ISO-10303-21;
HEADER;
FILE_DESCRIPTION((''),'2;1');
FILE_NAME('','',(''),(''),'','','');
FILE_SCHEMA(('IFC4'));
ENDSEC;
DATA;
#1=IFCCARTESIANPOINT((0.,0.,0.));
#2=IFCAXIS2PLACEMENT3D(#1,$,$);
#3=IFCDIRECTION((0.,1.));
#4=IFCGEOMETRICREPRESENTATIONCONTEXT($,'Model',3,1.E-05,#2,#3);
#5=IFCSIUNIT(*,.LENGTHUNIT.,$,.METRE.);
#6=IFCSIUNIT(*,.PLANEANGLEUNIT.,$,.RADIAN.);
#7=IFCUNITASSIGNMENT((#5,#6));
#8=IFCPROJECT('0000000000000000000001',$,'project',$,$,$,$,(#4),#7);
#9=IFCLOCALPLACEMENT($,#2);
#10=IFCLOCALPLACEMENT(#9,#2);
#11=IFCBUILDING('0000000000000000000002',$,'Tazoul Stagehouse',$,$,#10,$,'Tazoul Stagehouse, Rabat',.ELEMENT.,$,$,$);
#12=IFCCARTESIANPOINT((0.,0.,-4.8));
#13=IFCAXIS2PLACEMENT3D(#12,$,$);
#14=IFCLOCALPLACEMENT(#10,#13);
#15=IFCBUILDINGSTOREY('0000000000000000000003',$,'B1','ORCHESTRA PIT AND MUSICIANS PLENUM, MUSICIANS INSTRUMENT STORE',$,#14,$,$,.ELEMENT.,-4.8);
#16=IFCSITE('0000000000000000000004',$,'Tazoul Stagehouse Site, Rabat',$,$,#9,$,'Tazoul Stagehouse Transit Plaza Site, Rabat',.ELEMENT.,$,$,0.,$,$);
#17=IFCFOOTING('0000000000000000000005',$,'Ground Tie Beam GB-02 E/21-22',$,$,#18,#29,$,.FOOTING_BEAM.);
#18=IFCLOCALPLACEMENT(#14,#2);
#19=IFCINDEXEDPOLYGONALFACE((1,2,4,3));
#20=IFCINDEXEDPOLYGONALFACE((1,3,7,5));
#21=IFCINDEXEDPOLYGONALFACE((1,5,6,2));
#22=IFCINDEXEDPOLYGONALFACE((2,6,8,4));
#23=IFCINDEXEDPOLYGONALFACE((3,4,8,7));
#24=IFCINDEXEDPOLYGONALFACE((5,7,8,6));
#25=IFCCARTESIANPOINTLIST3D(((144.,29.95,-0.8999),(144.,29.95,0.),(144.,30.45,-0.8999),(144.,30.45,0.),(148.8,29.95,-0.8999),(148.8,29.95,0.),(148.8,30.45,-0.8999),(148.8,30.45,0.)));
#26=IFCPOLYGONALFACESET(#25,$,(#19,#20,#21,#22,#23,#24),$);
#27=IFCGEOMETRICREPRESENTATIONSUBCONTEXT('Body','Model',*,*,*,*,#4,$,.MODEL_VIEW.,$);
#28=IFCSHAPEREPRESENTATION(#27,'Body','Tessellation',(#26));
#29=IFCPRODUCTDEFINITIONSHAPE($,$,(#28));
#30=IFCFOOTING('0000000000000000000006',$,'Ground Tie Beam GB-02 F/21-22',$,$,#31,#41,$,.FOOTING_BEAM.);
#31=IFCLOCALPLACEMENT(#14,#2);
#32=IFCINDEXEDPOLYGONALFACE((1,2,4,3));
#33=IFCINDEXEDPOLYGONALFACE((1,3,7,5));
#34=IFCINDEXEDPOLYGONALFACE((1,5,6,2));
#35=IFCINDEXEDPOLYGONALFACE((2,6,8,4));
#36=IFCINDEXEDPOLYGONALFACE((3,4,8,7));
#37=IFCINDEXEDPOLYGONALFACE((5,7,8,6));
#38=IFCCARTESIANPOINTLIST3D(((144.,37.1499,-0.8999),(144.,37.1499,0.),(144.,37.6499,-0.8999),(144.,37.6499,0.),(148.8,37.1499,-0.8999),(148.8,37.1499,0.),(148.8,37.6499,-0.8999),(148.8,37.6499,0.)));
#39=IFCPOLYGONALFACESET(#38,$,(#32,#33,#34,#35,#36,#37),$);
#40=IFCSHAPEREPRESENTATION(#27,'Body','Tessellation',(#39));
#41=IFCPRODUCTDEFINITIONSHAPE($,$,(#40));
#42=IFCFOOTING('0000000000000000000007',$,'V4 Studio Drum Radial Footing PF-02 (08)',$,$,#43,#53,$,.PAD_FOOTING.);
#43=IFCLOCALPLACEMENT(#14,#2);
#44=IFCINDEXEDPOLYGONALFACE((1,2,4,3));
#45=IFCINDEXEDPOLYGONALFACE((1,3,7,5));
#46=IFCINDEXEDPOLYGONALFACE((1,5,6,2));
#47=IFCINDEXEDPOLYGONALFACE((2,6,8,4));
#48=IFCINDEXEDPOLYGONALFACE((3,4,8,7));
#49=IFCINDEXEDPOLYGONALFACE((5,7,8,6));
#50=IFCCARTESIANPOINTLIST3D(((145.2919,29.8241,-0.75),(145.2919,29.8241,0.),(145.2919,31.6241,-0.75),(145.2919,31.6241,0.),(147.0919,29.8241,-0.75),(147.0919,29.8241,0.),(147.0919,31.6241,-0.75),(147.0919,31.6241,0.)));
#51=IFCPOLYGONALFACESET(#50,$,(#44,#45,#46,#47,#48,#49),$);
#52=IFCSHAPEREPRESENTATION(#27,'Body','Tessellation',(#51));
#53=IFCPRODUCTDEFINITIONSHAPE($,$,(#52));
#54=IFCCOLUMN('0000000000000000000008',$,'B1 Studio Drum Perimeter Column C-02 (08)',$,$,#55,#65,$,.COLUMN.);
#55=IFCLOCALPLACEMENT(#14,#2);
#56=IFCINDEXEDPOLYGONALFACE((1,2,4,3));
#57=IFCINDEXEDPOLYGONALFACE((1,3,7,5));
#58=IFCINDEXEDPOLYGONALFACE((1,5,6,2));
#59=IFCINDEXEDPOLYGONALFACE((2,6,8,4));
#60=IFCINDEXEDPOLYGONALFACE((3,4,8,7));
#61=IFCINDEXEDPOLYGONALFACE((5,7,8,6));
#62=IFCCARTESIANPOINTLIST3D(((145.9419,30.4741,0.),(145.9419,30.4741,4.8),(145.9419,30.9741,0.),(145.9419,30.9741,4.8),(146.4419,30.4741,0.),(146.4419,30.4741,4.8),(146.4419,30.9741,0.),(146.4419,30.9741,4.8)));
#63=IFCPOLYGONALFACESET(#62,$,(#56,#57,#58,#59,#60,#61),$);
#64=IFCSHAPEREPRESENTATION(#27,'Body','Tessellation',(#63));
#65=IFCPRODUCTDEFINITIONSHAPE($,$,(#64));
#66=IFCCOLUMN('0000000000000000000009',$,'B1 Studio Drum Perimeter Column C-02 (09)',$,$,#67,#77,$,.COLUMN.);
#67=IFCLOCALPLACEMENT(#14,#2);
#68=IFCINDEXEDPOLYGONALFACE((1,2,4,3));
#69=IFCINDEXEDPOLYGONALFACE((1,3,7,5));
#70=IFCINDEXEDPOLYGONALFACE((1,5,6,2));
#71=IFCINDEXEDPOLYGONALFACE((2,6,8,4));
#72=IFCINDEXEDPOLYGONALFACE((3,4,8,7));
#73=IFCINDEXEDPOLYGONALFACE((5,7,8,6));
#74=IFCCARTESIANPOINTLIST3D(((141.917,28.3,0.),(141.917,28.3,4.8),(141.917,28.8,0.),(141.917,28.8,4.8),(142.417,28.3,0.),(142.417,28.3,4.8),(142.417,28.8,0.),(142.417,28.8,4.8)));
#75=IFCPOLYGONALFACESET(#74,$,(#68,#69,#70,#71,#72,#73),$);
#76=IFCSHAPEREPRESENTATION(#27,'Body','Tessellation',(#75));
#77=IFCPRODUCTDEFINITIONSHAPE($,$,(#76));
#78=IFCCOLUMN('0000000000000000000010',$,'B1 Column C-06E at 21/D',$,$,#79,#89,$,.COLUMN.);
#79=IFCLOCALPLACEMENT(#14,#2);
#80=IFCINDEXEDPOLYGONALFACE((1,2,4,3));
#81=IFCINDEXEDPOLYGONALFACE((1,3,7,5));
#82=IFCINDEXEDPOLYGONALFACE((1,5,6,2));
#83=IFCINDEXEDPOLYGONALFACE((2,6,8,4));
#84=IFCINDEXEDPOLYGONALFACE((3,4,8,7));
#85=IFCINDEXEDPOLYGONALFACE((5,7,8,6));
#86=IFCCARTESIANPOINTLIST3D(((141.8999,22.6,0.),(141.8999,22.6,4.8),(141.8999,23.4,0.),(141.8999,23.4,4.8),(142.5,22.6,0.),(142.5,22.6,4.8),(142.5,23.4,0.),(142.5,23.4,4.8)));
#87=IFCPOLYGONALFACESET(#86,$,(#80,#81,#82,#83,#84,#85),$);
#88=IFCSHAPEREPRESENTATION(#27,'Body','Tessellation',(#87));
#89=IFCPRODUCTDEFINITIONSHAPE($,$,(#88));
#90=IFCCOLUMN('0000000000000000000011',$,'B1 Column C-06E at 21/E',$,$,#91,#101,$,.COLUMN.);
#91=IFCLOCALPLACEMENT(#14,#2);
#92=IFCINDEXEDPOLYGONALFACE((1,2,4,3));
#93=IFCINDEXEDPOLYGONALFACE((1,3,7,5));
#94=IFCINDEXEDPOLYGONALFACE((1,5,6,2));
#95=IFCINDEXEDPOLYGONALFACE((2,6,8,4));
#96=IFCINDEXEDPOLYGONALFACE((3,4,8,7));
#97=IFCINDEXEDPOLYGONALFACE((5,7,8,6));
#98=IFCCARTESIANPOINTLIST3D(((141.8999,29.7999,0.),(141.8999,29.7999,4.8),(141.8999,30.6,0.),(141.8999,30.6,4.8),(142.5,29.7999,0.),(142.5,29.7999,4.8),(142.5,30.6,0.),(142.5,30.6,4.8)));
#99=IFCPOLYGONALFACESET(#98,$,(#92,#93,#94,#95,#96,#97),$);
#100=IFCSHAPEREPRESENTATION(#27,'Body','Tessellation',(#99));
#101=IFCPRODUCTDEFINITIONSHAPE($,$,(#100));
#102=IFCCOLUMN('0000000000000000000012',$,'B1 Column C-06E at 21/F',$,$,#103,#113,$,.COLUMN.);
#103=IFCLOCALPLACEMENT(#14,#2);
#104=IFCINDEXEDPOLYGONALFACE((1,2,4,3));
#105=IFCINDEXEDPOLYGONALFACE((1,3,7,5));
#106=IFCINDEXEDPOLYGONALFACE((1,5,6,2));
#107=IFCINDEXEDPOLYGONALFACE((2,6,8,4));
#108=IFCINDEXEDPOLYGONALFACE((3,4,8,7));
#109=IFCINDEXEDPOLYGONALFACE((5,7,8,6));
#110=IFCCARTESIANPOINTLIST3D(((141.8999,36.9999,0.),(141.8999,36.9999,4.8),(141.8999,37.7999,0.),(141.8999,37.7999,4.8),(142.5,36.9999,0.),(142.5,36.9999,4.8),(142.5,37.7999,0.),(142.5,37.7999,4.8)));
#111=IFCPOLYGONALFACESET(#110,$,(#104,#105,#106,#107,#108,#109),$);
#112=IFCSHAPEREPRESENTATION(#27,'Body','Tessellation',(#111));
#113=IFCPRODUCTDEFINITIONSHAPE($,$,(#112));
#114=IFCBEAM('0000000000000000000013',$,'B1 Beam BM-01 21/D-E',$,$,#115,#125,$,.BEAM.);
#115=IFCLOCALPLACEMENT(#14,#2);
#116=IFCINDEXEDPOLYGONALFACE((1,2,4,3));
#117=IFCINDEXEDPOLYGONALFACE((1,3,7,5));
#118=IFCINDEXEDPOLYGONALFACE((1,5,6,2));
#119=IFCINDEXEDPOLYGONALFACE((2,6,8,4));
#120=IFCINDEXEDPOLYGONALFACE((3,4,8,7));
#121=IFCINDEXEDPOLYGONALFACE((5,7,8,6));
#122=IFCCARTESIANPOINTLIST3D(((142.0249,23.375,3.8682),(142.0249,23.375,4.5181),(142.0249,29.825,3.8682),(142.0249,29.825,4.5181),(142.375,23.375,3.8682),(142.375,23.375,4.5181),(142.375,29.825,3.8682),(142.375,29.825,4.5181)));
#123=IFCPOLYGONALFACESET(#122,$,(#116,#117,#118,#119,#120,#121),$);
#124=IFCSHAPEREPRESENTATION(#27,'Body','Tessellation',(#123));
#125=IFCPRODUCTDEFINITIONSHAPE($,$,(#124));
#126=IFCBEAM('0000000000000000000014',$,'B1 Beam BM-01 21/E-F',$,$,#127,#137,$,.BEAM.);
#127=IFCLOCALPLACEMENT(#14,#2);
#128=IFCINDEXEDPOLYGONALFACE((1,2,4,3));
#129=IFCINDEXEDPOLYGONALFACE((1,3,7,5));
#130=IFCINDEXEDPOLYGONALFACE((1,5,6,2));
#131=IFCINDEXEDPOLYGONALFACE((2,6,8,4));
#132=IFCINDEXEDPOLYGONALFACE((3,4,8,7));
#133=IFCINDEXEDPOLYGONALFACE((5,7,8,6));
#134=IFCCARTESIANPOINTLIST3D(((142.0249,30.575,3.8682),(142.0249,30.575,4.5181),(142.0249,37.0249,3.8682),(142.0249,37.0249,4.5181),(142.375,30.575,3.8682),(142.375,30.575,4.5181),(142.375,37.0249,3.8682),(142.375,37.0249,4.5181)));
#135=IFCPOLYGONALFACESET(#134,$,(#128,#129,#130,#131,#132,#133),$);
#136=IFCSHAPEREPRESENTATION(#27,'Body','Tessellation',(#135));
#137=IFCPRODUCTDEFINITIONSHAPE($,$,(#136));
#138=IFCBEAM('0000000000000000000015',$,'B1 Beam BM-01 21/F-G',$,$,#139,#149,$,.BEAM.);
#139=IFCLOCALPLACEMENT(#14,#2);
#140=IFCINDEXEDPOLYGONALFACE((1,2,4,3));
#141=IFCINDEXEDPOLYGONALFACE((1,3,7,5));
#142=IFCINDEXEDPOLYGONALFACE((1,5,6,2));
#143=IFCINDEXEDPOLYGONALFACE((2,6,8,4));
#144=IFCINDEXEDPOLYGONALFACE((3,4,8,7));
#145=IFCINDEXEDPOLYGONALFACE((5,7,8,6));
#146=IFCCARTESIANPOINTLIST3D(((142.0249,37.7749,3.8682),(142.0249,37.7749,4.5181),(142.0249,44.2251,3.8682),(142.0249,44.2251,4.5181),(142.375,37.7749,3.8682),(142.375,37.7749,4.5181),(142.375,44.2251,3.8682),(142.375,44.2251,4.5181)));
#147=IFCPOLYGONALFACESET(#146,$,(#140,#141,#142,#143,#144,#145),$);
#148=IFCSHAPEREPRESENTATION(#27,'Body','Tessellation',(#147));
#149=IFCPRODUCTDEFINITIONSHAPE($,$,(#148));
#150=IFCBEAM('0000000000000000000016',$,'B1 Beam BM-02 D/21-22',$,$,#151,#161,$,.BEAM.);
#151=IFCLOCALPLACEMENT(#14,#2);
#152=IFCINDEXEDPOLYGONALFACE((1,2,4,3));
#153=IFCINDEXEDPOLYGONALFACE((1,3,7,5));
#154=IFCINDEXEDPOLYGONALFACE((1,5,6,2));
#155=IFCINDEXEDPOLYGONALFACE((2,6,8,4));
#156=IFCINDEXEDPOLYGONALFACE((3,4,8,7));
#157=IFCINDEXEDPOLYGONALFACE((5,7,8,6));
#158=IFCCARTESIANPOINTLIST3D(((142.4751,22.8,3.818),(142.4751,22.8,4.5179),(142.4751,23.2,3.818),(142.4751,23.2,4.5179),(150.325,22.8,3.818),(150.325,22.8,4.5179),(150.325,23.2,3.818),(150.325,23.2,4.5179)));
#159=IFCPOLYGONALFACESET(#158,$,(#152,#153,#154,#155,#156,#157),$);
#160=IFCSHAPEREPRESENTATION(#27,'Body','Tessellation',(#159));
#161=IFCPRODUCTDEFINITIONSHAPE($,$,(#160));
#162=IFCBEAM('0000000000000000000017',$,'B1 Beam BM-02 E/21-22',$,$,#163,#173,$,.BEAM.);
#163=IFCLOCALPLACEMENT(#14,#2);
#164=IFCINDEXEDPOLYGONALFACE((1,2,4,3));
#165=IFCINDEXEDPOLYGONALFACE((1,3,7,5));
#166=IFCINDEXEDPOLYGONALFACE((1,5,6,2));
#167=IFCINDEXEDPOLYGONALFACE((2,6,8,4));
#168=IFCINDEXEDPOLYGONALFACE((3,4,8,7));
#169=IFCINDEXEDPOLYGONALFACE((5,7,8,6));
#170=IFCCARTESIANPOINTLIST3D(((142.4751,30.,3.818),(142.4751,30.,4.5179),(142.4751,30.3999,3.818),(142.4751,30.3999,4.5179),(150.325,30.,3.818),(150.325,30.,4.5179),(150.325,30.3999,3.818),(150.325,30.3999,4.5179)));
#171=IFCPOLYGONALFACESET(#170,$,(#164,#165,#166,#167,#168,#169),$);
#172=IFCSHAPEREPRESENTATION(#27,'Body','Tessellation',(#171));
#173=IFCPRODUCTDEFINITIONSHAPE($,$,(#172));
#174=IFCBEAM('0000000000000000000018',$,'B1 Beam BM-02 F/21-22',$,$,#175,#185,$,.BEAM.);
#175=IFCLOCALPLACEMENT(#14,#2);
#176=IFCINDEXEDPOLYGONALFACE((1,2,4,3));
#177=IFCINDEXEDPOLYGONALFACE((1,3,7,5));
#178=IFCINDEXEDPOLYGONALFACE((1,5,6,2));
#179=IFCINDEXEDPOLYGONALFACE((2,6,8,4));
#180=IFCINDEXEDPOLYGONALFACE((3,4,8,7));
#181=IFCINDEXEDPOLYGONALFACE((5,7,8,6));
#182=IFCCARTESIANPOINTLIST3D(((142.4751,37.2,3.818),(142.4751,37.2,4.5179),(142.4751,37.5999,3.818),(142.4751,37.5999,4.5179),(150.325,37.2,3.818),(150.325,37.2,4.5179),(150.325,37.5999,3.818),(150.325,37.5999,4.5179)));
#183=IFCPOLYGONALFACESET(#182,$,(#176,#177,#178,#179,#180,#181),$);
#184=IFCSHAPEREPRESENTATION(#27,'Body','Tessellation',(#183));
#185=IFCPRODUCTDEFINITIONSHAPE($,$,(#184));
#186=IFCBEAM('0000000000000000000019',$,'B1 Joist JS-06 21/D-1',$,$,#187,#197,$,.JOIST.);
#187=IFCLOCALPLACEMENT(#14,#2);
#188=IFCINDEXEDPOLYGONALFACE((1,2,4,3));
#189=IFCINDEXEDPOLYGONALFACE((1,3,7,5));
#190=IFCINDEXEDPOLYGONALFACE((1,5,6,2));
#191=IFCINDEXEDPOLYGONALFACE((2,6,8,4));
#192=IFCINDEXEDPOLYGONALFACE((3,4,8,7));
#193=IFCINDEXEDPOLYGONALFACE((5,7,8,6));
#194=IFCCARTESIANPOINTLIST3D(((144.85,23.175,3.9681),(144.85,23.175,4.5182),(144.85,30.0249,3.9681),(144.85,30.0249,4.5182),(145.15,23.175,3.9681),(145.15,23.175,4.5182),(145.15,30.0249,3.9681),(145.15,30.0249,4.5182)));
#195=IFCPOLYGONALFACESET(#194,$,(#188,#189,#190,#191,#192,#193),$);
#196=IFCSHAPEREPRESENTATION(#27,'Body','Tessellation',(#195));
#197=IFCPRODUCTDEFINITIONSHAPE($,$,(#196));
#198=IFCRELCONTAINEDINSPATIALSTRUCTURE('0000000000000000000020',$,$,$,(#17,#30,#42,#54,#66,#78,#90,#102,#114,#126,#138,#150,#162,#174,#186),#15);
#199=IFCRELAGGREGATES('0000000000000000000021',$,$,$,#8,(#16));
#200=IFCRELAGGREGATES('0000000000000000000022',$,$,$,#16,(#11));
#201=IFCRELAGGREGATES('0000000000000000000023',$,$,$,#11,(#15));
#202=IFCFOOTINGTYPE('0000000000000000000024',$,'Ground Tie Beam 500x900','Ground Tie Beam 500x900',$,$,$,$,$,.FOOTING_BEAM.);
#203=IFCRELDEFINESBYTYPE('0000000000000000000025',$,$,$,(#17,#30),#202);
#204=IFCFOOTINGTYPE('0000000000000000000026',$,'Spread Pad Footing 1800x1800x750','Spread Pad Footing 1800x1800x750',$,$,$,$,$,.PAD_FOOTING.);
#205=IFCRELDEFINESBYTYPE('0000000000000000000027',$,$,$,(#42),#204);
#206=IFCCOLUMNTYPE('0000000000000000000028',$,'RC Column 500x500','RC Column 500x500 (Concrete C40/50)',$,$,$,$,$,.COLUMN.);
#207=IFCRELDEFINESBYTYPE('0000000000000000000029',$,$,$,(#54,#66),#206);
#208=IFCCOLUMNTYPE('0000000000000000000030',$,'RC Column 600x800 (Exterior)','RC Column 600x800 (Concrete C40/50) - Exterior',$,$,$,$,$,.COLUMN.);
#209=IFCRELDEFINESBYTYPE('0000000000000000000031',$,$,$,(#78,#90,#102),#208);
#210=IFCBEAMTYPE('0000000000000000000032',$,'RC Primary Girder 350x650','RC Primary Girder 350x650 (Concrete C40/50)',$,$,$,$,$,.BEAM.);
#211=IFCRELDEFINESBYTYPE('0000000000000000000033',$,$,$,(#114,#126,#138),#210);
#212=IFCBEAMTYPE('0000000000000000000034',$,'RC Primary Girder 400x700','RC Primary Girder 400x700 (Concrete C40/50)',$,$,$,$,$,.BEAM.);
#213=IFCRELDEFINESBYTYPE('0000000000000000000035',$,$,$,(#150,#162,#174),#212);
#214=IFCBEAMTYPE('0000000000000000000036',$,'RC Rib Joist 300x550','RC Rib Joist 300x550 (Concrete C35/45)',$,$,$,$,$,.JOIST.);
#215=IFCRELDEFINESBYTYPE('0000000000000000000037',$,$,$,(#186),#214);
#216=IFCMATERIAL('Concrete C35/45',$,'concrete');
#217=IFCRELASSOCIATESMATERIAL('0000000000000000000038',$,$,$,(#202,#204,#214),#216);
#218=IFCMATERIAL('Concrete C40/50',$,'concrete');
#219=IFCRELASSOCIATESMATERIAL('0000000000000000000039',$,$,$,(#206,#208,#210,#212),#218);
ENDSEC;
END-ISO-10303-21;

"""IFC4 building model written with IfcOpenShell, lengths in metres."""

from ifc_helpers import new_model, si_unit, direction, frame, origin, origin_2d, place, context, subcontext, project, spatial, rectangle, extrude, material, material_profile, profile_set, type_object, element, save


model = new_model("IFC4")

# Units and contexts
model_context = context("Model", 3, precision=1e-05, world=origin(), true_north=direction((0.0, 1.0)))
body_context = subcontext(model_context, "Body", "Model", "MODEL_VIEW")
ifc_project = project(units=[si_unit("LENGTHUNIT", "METRE"), si_unit("PLANEANGLEUNIT", "RADIAN")], contexts=[model_context])

# Site, building, storey
site_placement = place(None, origin())
site = spatial("IfcSite", under=ifc_project, at=site_placement, Name="Tazoul Stagehouse Site, Rabat", LongName="Tazoul Stagehouse Transit Plaza Site, Rabat", CompositionType="ELEMENT", RefElevation=0.0)
building_placement = place(site_placement, origin())
building = spatial("IfcBuilding", under=site, at=building_placement, Name="Tazoul Stagehouse", LongName="Tazoul Stagehouse, Rabat", CompositionType="ELEMENT")
storey_placement = place(building_placement, frame((0.0, 0.0, -4.8)))
storey = spatial("IfcBuildingStorey", under=building, at=storey_placement, Name="B1", Description="ORCHESTRA PIT AND MUSICIANS PLENUM, MUSICIANS INSTRUMENT STORE", CompositionType="ELEMENT", Elevation=-4.8)

# Shared definitions
ifc_material_1 = material(Name="Concrete C35/45", Category="concrete")

# Footings
ifc_material_profile_1 = material_profile(ifc_material_1, rectangle(XDim=0.5, YDim=0.8999, at=origin_2d()), Name="RC 500x900")
ifc_profile_set_1 = profile_set([ifc_material_profile_1], Name="Concrete C35/45")
footing_type_1 = type_object("IfcFootingType", Name="Ground Tie Beam 500x900", Description="Ground Tie Beam 500x900", PredefinedType="FOOTING_BEAM", material=ifc_profile_set_1)
for number, where, z_axis, x_axis, name in (
    (1, (144.0, 30.2, -0.45), (1.0, 0.0, 0.0), (0.0, 1.0, 0.0), "Ground Tie Beam GB-02 E/21-22"),
    (2, (144.0, 37.3999, -0.45), (1.0, 0.0, 0.0), (0.0, 1.0, 0.0), "Ground Tie Beam GB-02 F/21-22"),
):
    element("IfcFooting", number, at=place(storey_placement, frame(where, z_axis=z_axis, x_axis=x_axis)), inside=storey, type_object=footing_type_1, Name=name, PredefinedType="FOOTING_BEAM", context=body_context, shape_type="SweptSolid", body=[
        extrude(rectangle(XDim=0.5, YDim=0.8999, at=origin_2d()), origin(), (0.0, 0.0, 1.0), 4.8),
    ])
footing_type_2 = type_object("IfcFootingType", Name="Spread Pad Footing 1800x1800x750", Description="Spread Pad Footing 1800x1800x750", PredefinedType="PAD_FOOTING", material=ifc_material_1)
footing_1_placement = place(storey_placement, frame((146.1919, 30.7241, -0.75), z_axis=(0.0, 0.0, 1.0), x_axis=(1.0, 0.0, 0.0)))
element("IfcFooting", 3, at=footing_1_placement, inside=storey, type_object=footing_type_2, Name="V4 Studio Drum Radial Footing PF-02 (08)", PredefinedType="PAD_FOOTING", context=body_context, shape_type="SweptSolid", body=[
    extrude(rectangle(XDim=1.8, YDim=1.8, at=origin_2d()), origin(), (0.0, 0.0, 1.0), 0.75),
])

# Columns
ifc_material_2 = material(Name="Concrete C40/50", Category="concrete")
ifc_material_profile_2 = material_profile(ifc_material_2, rectangle(XDim=0.5, YDim=0.5, at=origin_2d()), Name="RC 500x500")
ifc_profile_set_2 = profile_set([ifc_material_profile_2], Name="Concrete C40/50")
column_type_1 = type_object("IfcColumnType", Name="RC Column 500x500", Description="RC Column 500x500 (Concrete C40/50)", PredefinedType="COLUMN", material=ifc_profile_set_2)
for number, where, z_axis, x_axis, name in (
    (4, (146.1919, 30.7241, 0.0), (0.0, 0.0, 1.0), (1.0, 0.0, 0.0), "B1 Studio Drum Perimeter Column C-02 (08)"),
    (5, (142.167, 28.55, 0.0), (0.0, 0.0, 1.0), (1.0, 0.0, 0.0), "B1 Studio Drum Perimeter Column C-02 (09)"),
):
    element("IfcColumn", number, at=place(storey_placement, frame(where, z_axis=z_axis, x_axis=x_axis)), inside=storey, type_object=column_type_1, Name=name, PredefinedType="COLUMN", context=body_context, shape_type="SweptSolid", body=[
        extrude(rectangle(XDim=0.5, YDim=0.5, at=origin_2d()), origin(), (0.0, 0.0, 1.0), 4.8),
    ])
ifc_material_profile_3 = material_profile(ifc_material_2, rectangle(XDim=0.6001, YDim=0.8, at=origin_2d()), Name="RC 600x800")
ifc_profile_set_3 = profile_set([ifc_material_profile_3], Name="Concrete C40/50")
column_type_2 = type_object("IfcColumnType", Name="RC Column 600x800 (Exterior)", Description="RC Column 600x800 (Concrete C40/50) - Exterior", PredefinedType="COLUMN", material=ifc_profile_set_3)
for number, where, z_axis, x_axis, name in (
    (6, (142.2, 23.0, 0.0), (0.0, 0.0, 1.0), (1.0, 0.0, 0.0), "B1 Column C-06E at 21/D"),
    (7, (142.2, 30.2, 0.0), (0.0, 0.0, 1.0), (1.0, 0.0, 0.0), "B1 Column C-06E at 21/E"),
    (8, (142.2, 37.3999, 0.0), (0.0, 0.0, 1.0), (1.0, 0.0, 0.0), "B1 Column C-06E at 21/F"),
):
    element("IfcColumn", number, at=place(storey_placement, frame(where, z_axis=z_axis, x_axis=x_axis)), inside=storey, type_object=column_type_2, Name=name, PredefinedType="COLUMN", context=body_context, shape_type="SweptSolid", body=[
        extrude(rectangle(XDim=0.6001, YDim=0.8, at=origin_2d()), origin(), (0.0, 0.0, 1.0), 4.8),
    ])

# Beams
ifc_material_profile_4 = material_profile(ifc_material_2, rectangle(XDim=0.3501, YDim=0.6499, at=origin_2d()), Name="RC 350x650")
ifc_profile_set_4 = profile_set([ifc_material_profile_4], Name="Concrete C40/50")
beam_type_1 = type_object("IfcBeamType", Name="RC Primary Girder 350x650", Description="RC Primary Girder 350x650 (Concrete C40/50)", PredefinedType="BEAM", material=ifc_profile_set_4)
for number, where, z_axis, x_axis, name in (
    (9, (142.2, 23.375, 4.1931), (0.0, 1.0, 0.0), (-1.0, 0.0, 0.0), "B1 Beam BM-01 21/D-E"),
    (10, (142.2, 30.575, 4.1931), (0.0, 1.0, 0.0), (-1.0, 0.0, 0.0), "B1 Beam BM-01 21/E-F"),
):
    element("IfcBeam", number, at=place(storey_placement, frame(where, z_axis=z_axis, x_axis=x_axis)), inside=storey, type_object=beam_type_1, Name=name, PredefinedType="BEAM", context=body_context, shape_type="SweptSolid", body=[
        extrude(rectangle(XDim=0.3501, YDim=0.6499, at=origin_2d()), origin(), (0.0, 0.0, 1.0), 6.45),
    ])
beam_placement = place(storey_placement, frame((142.2, 37.7749, 4.1931), z_axis=(0.0, 1.0, 0.0), x_axis=(-1.0, 0.0, 0.0)))
element("IfcBeam", 11, at=beam_placement, inside=storey, type_object=beam_type_1, Name="B1 Beam BM-01 21/F-G", PredefinedType="BEAM", context=body_context, shape_type="SweptSolid", body=[
    extrude(rectangle(XDim=0.3501, YDim=0.6499, at=origin_2d()), origin(), (0.0, 0.0, 1.0), 6.4502),
])
ifc_material_profile_5 = material_profile(ifc_material_2, rectangle(XDim=0.3999, YDim=0.7, at=origin_2d()), Name="RC 400x700")
ifc_profile_set_5 = profile_set([ifc_material_profile_5], Name="Concrete C40/50")
beam_type_2 = type_object("IfcBeamType", Name="RC Primary Girder 400x700", Description="RC Primary Girder 400x700 (Concrete C40/50)", PredefinedType="BEAM", material=ifc_profile_set_5)
for number, where, z_axis, x_axis, name in (
    (12, (142.4751, 23.0, 4.168), (1.0, 0.0, 0.0), (0.0, 1.0, 0.0), "B1 Beam BM-02 D/21-22"),
    (13, (142.4751, 30.2, 4.168), (1.0, 0.0, 0.0), (0.0, 1.0, 0.0), "B1 Beam BM-02 E/21-22"),
    (14, (142.4751, 37.3999, 4.168), (1.0, 0.0, 0.0), (0.0, 1.0, 0.0), "B1 Beam BM-02 F/21-22"),
):
    element("IfcBeam", number, at=place(storey_placement, frame(where, z_axis=z_axis, x_axis=x_axis)), inside=storey, type_object=beam_type_2, Name=name, PredefinedType="BEAM", context=body_context, shape_type="SweptSolid", body=[
        extrude(rectangle(XDim=0.3999, YDim=0.7, at=origin_2d()), origin(), (0.0, 0.0, 1.0), 7.8499),
    ])
ifc_material_profile_6 = material_profile(ifc_material_1, rectangle(XDim=0.3, YDim=0.55, at=origin_2d()), Name="RC 300x550")
ifc_profile_set_6 = profile_set([ifc_material_profile_6], Name="Concrete C35/45")
beam_type_3 = type_object("IfcBeamType", Name="RC Rib Joist 300x550", Description="RC Rib Joist 300x550 (Concrete C35/45)", PredefinedType="JOIST", material=ifc_profile_set_6)
for number, where, z_axis, x_axis, name in (
    (15, (145.0, 23.175, 4.2432), (0.0, 1.0, 0.0), (-1.0, 0.0, 0.0), "B1 Joist JS-06 21/D-1"),
):
    element("IfcBeam", number, at=place(storey_placement, frame(where, z_axis=z_axis, x_axis=x_axis)), inside=storey, type_object=beam_type_3, Name=name, PredefinedType="JOIST", context=body_context, shape_type="SweptSolid", body=[
        extrude(rectangle(XDim=0.3, YDim=0.55, at=origin_2d()), origin(), (0.0, 0.0, 1.0), 6.8499),
    ])

save(model, "model.ifc")
